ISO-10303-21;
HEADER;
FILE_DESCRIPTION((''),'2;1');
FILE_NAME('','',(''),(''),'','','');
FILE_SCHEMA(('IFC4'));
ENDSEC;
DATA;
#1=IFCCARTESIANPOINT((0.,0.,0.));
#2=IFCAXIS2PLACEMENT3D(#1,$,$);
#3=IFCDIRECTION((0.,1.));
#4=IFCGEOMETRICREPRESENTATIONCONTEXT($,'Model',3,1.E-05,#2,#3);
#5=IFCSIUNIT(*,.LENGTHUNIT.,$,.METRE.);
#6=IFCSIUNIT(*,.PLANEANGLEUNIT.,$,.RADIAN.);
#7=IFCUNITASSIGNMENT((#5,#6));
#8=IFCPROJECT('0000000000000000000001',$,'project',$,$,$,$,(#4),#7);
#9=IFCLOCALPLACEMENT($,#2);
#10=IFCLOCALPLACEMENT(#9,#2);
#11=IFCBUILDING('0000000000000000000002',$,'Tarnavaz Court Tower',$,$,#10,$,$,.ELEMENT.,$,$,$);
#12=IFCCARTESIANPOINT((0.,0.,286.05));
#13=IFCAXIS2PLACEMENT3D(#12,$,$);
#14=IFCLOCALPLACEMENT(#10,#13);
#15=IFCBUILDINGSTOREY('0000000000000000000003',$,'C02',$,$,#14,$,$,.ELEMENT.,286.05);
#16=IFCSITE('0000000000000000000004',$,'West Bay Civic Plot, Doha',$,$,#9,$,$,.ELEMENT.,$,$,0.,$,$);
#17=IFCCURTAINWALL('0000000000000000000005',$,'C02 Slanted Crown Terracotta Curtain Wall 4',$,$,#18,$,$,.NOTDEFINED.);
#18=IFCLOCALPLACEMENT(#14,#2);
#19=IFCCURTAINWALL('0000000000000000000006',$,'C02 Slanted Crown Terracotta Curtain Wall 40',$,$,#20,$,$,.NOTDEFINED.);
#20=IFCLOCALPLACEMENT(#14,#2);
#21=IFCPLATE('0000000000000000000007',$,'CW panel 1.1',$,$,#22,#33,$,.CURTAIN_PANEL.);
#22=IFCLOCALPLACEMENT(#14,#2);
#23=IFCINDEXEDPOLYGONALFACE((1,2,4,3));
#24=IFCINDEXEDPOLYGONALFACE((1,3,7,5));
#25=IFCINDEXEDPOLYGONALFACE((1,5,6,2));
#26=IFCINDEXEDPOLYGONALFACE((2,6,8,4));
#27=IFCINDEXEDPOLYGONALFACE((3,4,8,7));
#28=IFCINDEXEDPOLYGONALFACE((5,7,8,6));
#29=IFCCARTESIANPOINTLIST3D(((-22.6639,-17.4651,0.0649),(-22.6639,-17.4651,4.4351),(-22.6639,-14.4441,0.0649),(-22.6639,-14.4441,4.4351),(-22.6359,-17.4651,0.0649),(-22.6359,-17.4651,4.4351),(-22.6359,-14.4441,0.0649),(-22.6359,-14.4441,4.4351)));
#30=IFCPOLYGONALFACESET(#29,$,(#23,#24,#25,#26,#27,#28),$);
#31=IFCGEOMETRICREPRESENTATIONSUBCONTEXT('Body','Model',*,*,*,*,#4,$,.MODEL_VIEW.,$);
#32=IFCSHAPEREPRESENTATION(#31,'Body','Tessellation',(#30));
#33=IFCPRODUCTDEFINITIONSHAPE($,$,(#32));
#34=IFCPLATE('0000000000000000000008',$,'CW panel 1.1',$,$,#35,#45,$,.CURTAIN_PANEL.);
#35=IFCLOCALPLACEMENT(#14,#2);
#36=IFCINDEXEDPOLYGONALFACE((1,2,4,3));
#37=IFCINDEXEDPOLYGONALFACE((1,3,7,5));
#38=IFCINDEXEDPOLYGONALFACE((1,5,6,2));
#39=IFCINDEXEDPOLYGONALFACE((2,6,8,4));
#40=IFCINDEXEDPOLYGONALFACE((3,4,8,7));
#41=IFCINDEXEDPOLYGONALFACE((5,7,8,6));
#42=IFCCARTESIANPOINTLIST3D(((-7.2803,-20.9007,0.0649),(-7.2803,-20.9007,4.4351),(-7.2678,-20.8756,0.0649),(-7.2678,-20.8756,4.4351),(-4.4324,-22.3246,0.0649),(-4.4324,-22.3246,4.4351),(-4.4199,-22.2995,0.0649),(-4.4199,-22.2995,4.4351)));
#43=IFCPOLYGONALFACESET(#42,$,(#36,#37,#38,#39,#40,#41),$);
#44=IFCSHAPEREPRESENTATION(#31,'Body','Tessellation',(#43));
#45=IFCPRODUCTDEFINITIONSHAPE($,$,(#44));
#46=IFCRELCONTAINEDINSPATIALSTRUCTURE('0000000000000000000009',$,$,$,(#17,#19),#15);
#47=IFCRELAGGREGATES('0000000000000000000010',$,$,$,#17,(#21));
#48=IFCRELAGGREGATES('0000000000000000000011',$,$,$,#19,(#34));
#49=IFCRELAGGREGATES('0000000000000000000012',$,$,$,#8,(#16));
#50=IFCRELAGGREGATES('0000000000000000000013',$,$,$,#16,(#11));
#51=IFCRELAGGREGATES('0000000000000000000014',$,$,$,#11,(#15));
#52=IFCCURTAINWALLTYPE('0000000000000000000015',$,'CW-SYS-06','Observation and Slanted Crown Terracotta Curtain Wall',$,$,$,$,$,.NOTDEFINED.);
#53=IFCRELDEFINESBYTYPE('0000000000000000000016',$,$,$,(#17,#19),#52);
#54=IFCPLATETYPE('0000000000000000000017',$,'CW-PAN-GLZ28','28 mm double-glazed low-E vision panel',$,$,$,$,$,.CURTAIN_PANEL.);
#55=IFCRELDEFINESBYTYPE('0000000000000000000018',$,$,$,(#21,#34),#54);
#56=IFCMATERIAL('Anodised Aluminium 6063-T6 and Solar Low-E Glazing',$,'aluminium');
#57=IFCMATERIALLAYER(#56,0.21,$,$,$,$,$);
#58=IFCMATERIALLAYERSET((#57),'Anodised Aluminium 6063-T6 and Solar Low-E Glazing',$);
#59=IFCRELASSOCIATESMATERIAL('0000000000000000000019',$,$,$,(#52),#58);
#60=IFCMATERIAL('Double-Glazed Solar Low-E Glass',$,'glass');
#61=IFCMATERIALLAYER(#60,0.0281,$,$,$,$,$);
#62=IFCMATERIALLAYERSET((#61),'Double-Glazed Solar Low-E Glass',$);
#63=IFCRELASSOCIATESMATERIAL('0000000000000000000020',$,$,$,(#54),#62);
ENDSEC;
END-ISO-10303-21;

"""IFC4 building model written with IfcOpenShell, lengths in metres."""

from ifc_helpers import new_model, si_unit, direction, frame, origin, origin_2d, place, context, subcontext, project, spatial, rectangle, extrude, material, layer, layer_set, type_object, element, aggregate, save


model = new_model("IFC4")

# Units and contexts
model_context = context("Model", 3, precision=1e-05, world=origin(), true_north=direction((0.0, 1.0)))
body_context = subcontext(model_context, "Body", "Model", "MODEL_VIEW")
ifc_project = project(units=[si_unit("LENGTHUNIT", "METRE"), si_unit("PLANEANGLEUNIT", "RADIAN")], contexts=[model_context])

# Site, building, storey
site_placement = place(None, origin())
site = spatial("IfcSite", under=ifc_project, at=site_placement, Name="West Bay Civic Plot, Doha", CompositionType="ELEMENT", RefElevation=0.0)
building_placement = place(site_placement, origin())
building = spatial("IfcBuilding", under=site, at=building_placement, Name="Tarnavaz Court Tower", CompositionType="ELEMENT")
storey_placement = place(building_placement, frame((0.0, 0.0, 286.05)))
storey = spatial("IfcBuildingStorey", under=building, at=storey_placement, Name="C02", CompositionType="ELEMENT", Elevation=286.05)

# Curtain wall
ifc_material_1 = material(Name="Anodised Aluminium 6063-T6 and Solar Low-E Glazing", Category="aluminium")
ifc_layer_1 = layer(ifc_material_1, 0.21)
ifc_layer_set_1 = layer_set([ifc_layer_1], Name="Anodised Aluminium 6063-T6 and Solar Low-E Glazing")
curtain_wall_type = type_object("IfcCurtainWallType", Name="CW-SYS-06", Description="Observation and Slanted Crown Terracotta Curtain Wall", PredefinedType="NOTDEFINED", material=ifc_layer_set_1)
curtain_wall_1_placement = place(storey_placement, origin())
curtain_wall_1 = element("IfcCurtainWall", 1, at=curtain_wall_1_placement, inside=storey, type_object=curtain_wall_type, Name="C02 Slanted Crown Terracotta Curtain Wall 4", PredefinedType="NOTDEFINED")

# Curtain wall
curtain_wall_2_placement = place(storey_placement, origin())
curtain_wall_2 = element("IfcCurtainWall", 2, at=curtain_wall_2_placement, inside=storey, type_object=curtain_wall_type, Name="C02 Slanted Crown Terracotta Curtain Wall 40", PredefinedType="NOTDEFINED")

# Plates
ifc_material_2 = material(Name="Double-Glazed Solar Low-E Glass", Category="glass")
ifc_layer_2 = layer(ifc_material_2, 0.0281)
ifc_layer_set_2 = layer_set([ifc_layer_2], Name="Double-Glazed Solar Low-E Glass")
plate_type = type_object("IfcPlateType", Name="CW-PAN-GLZ28", Description="28 mm double-glazed low-E vision panel", PredefinedType="CURTAIN_PANEL", material=ifc_layer_set_2)
plate_1_placement = place(storey_placement, frame((-22.6499, -15.9546, 0.0649), z_axis=(0.0, 0.0, 1.0), x_axis=(0.0, 1.0, 0.0)))
plate_1 = element("IfcPlate", 3, at=plate_1_placement, type_object=plate_type, Name="CW panel 1.1", PredefinedType="CURTAIN_PANEL", context=body_context, shape_type="SweptSolid", body=[
    extrude(rectangle(XDim=3.021, YDim=0.0281, at=origin_2d()), origin(), (0.0, 0.0, 1.0), 4.3701),
])
aggregate(curtain_wall_1, [plate_1])
plate_2_placement = place(storey_placement, frame((-5.8501, -21.6001, 0.0649), z_axis=(0.0, 0.0, 1.0), x_axis=(-0.894427, 0.447214, 0.0)))
plate_2 = element("IfcPlate", 4, at=plate_2_placement, type_object=plate_type, Name="CW panel 1.1", PredefinedType="CURTAIN_PANEL", context=body_context, shape_type="SweptSolid", body=[
    extrude(rectangle(XDim=3.1841, YDim=0.0281, at=origin_2d()), origin(), (0.0, 0.0, 1.0), 4.3701),
])
aggregate(curtain_wall_2, [plate_2])

save(model, "model.ifc")
